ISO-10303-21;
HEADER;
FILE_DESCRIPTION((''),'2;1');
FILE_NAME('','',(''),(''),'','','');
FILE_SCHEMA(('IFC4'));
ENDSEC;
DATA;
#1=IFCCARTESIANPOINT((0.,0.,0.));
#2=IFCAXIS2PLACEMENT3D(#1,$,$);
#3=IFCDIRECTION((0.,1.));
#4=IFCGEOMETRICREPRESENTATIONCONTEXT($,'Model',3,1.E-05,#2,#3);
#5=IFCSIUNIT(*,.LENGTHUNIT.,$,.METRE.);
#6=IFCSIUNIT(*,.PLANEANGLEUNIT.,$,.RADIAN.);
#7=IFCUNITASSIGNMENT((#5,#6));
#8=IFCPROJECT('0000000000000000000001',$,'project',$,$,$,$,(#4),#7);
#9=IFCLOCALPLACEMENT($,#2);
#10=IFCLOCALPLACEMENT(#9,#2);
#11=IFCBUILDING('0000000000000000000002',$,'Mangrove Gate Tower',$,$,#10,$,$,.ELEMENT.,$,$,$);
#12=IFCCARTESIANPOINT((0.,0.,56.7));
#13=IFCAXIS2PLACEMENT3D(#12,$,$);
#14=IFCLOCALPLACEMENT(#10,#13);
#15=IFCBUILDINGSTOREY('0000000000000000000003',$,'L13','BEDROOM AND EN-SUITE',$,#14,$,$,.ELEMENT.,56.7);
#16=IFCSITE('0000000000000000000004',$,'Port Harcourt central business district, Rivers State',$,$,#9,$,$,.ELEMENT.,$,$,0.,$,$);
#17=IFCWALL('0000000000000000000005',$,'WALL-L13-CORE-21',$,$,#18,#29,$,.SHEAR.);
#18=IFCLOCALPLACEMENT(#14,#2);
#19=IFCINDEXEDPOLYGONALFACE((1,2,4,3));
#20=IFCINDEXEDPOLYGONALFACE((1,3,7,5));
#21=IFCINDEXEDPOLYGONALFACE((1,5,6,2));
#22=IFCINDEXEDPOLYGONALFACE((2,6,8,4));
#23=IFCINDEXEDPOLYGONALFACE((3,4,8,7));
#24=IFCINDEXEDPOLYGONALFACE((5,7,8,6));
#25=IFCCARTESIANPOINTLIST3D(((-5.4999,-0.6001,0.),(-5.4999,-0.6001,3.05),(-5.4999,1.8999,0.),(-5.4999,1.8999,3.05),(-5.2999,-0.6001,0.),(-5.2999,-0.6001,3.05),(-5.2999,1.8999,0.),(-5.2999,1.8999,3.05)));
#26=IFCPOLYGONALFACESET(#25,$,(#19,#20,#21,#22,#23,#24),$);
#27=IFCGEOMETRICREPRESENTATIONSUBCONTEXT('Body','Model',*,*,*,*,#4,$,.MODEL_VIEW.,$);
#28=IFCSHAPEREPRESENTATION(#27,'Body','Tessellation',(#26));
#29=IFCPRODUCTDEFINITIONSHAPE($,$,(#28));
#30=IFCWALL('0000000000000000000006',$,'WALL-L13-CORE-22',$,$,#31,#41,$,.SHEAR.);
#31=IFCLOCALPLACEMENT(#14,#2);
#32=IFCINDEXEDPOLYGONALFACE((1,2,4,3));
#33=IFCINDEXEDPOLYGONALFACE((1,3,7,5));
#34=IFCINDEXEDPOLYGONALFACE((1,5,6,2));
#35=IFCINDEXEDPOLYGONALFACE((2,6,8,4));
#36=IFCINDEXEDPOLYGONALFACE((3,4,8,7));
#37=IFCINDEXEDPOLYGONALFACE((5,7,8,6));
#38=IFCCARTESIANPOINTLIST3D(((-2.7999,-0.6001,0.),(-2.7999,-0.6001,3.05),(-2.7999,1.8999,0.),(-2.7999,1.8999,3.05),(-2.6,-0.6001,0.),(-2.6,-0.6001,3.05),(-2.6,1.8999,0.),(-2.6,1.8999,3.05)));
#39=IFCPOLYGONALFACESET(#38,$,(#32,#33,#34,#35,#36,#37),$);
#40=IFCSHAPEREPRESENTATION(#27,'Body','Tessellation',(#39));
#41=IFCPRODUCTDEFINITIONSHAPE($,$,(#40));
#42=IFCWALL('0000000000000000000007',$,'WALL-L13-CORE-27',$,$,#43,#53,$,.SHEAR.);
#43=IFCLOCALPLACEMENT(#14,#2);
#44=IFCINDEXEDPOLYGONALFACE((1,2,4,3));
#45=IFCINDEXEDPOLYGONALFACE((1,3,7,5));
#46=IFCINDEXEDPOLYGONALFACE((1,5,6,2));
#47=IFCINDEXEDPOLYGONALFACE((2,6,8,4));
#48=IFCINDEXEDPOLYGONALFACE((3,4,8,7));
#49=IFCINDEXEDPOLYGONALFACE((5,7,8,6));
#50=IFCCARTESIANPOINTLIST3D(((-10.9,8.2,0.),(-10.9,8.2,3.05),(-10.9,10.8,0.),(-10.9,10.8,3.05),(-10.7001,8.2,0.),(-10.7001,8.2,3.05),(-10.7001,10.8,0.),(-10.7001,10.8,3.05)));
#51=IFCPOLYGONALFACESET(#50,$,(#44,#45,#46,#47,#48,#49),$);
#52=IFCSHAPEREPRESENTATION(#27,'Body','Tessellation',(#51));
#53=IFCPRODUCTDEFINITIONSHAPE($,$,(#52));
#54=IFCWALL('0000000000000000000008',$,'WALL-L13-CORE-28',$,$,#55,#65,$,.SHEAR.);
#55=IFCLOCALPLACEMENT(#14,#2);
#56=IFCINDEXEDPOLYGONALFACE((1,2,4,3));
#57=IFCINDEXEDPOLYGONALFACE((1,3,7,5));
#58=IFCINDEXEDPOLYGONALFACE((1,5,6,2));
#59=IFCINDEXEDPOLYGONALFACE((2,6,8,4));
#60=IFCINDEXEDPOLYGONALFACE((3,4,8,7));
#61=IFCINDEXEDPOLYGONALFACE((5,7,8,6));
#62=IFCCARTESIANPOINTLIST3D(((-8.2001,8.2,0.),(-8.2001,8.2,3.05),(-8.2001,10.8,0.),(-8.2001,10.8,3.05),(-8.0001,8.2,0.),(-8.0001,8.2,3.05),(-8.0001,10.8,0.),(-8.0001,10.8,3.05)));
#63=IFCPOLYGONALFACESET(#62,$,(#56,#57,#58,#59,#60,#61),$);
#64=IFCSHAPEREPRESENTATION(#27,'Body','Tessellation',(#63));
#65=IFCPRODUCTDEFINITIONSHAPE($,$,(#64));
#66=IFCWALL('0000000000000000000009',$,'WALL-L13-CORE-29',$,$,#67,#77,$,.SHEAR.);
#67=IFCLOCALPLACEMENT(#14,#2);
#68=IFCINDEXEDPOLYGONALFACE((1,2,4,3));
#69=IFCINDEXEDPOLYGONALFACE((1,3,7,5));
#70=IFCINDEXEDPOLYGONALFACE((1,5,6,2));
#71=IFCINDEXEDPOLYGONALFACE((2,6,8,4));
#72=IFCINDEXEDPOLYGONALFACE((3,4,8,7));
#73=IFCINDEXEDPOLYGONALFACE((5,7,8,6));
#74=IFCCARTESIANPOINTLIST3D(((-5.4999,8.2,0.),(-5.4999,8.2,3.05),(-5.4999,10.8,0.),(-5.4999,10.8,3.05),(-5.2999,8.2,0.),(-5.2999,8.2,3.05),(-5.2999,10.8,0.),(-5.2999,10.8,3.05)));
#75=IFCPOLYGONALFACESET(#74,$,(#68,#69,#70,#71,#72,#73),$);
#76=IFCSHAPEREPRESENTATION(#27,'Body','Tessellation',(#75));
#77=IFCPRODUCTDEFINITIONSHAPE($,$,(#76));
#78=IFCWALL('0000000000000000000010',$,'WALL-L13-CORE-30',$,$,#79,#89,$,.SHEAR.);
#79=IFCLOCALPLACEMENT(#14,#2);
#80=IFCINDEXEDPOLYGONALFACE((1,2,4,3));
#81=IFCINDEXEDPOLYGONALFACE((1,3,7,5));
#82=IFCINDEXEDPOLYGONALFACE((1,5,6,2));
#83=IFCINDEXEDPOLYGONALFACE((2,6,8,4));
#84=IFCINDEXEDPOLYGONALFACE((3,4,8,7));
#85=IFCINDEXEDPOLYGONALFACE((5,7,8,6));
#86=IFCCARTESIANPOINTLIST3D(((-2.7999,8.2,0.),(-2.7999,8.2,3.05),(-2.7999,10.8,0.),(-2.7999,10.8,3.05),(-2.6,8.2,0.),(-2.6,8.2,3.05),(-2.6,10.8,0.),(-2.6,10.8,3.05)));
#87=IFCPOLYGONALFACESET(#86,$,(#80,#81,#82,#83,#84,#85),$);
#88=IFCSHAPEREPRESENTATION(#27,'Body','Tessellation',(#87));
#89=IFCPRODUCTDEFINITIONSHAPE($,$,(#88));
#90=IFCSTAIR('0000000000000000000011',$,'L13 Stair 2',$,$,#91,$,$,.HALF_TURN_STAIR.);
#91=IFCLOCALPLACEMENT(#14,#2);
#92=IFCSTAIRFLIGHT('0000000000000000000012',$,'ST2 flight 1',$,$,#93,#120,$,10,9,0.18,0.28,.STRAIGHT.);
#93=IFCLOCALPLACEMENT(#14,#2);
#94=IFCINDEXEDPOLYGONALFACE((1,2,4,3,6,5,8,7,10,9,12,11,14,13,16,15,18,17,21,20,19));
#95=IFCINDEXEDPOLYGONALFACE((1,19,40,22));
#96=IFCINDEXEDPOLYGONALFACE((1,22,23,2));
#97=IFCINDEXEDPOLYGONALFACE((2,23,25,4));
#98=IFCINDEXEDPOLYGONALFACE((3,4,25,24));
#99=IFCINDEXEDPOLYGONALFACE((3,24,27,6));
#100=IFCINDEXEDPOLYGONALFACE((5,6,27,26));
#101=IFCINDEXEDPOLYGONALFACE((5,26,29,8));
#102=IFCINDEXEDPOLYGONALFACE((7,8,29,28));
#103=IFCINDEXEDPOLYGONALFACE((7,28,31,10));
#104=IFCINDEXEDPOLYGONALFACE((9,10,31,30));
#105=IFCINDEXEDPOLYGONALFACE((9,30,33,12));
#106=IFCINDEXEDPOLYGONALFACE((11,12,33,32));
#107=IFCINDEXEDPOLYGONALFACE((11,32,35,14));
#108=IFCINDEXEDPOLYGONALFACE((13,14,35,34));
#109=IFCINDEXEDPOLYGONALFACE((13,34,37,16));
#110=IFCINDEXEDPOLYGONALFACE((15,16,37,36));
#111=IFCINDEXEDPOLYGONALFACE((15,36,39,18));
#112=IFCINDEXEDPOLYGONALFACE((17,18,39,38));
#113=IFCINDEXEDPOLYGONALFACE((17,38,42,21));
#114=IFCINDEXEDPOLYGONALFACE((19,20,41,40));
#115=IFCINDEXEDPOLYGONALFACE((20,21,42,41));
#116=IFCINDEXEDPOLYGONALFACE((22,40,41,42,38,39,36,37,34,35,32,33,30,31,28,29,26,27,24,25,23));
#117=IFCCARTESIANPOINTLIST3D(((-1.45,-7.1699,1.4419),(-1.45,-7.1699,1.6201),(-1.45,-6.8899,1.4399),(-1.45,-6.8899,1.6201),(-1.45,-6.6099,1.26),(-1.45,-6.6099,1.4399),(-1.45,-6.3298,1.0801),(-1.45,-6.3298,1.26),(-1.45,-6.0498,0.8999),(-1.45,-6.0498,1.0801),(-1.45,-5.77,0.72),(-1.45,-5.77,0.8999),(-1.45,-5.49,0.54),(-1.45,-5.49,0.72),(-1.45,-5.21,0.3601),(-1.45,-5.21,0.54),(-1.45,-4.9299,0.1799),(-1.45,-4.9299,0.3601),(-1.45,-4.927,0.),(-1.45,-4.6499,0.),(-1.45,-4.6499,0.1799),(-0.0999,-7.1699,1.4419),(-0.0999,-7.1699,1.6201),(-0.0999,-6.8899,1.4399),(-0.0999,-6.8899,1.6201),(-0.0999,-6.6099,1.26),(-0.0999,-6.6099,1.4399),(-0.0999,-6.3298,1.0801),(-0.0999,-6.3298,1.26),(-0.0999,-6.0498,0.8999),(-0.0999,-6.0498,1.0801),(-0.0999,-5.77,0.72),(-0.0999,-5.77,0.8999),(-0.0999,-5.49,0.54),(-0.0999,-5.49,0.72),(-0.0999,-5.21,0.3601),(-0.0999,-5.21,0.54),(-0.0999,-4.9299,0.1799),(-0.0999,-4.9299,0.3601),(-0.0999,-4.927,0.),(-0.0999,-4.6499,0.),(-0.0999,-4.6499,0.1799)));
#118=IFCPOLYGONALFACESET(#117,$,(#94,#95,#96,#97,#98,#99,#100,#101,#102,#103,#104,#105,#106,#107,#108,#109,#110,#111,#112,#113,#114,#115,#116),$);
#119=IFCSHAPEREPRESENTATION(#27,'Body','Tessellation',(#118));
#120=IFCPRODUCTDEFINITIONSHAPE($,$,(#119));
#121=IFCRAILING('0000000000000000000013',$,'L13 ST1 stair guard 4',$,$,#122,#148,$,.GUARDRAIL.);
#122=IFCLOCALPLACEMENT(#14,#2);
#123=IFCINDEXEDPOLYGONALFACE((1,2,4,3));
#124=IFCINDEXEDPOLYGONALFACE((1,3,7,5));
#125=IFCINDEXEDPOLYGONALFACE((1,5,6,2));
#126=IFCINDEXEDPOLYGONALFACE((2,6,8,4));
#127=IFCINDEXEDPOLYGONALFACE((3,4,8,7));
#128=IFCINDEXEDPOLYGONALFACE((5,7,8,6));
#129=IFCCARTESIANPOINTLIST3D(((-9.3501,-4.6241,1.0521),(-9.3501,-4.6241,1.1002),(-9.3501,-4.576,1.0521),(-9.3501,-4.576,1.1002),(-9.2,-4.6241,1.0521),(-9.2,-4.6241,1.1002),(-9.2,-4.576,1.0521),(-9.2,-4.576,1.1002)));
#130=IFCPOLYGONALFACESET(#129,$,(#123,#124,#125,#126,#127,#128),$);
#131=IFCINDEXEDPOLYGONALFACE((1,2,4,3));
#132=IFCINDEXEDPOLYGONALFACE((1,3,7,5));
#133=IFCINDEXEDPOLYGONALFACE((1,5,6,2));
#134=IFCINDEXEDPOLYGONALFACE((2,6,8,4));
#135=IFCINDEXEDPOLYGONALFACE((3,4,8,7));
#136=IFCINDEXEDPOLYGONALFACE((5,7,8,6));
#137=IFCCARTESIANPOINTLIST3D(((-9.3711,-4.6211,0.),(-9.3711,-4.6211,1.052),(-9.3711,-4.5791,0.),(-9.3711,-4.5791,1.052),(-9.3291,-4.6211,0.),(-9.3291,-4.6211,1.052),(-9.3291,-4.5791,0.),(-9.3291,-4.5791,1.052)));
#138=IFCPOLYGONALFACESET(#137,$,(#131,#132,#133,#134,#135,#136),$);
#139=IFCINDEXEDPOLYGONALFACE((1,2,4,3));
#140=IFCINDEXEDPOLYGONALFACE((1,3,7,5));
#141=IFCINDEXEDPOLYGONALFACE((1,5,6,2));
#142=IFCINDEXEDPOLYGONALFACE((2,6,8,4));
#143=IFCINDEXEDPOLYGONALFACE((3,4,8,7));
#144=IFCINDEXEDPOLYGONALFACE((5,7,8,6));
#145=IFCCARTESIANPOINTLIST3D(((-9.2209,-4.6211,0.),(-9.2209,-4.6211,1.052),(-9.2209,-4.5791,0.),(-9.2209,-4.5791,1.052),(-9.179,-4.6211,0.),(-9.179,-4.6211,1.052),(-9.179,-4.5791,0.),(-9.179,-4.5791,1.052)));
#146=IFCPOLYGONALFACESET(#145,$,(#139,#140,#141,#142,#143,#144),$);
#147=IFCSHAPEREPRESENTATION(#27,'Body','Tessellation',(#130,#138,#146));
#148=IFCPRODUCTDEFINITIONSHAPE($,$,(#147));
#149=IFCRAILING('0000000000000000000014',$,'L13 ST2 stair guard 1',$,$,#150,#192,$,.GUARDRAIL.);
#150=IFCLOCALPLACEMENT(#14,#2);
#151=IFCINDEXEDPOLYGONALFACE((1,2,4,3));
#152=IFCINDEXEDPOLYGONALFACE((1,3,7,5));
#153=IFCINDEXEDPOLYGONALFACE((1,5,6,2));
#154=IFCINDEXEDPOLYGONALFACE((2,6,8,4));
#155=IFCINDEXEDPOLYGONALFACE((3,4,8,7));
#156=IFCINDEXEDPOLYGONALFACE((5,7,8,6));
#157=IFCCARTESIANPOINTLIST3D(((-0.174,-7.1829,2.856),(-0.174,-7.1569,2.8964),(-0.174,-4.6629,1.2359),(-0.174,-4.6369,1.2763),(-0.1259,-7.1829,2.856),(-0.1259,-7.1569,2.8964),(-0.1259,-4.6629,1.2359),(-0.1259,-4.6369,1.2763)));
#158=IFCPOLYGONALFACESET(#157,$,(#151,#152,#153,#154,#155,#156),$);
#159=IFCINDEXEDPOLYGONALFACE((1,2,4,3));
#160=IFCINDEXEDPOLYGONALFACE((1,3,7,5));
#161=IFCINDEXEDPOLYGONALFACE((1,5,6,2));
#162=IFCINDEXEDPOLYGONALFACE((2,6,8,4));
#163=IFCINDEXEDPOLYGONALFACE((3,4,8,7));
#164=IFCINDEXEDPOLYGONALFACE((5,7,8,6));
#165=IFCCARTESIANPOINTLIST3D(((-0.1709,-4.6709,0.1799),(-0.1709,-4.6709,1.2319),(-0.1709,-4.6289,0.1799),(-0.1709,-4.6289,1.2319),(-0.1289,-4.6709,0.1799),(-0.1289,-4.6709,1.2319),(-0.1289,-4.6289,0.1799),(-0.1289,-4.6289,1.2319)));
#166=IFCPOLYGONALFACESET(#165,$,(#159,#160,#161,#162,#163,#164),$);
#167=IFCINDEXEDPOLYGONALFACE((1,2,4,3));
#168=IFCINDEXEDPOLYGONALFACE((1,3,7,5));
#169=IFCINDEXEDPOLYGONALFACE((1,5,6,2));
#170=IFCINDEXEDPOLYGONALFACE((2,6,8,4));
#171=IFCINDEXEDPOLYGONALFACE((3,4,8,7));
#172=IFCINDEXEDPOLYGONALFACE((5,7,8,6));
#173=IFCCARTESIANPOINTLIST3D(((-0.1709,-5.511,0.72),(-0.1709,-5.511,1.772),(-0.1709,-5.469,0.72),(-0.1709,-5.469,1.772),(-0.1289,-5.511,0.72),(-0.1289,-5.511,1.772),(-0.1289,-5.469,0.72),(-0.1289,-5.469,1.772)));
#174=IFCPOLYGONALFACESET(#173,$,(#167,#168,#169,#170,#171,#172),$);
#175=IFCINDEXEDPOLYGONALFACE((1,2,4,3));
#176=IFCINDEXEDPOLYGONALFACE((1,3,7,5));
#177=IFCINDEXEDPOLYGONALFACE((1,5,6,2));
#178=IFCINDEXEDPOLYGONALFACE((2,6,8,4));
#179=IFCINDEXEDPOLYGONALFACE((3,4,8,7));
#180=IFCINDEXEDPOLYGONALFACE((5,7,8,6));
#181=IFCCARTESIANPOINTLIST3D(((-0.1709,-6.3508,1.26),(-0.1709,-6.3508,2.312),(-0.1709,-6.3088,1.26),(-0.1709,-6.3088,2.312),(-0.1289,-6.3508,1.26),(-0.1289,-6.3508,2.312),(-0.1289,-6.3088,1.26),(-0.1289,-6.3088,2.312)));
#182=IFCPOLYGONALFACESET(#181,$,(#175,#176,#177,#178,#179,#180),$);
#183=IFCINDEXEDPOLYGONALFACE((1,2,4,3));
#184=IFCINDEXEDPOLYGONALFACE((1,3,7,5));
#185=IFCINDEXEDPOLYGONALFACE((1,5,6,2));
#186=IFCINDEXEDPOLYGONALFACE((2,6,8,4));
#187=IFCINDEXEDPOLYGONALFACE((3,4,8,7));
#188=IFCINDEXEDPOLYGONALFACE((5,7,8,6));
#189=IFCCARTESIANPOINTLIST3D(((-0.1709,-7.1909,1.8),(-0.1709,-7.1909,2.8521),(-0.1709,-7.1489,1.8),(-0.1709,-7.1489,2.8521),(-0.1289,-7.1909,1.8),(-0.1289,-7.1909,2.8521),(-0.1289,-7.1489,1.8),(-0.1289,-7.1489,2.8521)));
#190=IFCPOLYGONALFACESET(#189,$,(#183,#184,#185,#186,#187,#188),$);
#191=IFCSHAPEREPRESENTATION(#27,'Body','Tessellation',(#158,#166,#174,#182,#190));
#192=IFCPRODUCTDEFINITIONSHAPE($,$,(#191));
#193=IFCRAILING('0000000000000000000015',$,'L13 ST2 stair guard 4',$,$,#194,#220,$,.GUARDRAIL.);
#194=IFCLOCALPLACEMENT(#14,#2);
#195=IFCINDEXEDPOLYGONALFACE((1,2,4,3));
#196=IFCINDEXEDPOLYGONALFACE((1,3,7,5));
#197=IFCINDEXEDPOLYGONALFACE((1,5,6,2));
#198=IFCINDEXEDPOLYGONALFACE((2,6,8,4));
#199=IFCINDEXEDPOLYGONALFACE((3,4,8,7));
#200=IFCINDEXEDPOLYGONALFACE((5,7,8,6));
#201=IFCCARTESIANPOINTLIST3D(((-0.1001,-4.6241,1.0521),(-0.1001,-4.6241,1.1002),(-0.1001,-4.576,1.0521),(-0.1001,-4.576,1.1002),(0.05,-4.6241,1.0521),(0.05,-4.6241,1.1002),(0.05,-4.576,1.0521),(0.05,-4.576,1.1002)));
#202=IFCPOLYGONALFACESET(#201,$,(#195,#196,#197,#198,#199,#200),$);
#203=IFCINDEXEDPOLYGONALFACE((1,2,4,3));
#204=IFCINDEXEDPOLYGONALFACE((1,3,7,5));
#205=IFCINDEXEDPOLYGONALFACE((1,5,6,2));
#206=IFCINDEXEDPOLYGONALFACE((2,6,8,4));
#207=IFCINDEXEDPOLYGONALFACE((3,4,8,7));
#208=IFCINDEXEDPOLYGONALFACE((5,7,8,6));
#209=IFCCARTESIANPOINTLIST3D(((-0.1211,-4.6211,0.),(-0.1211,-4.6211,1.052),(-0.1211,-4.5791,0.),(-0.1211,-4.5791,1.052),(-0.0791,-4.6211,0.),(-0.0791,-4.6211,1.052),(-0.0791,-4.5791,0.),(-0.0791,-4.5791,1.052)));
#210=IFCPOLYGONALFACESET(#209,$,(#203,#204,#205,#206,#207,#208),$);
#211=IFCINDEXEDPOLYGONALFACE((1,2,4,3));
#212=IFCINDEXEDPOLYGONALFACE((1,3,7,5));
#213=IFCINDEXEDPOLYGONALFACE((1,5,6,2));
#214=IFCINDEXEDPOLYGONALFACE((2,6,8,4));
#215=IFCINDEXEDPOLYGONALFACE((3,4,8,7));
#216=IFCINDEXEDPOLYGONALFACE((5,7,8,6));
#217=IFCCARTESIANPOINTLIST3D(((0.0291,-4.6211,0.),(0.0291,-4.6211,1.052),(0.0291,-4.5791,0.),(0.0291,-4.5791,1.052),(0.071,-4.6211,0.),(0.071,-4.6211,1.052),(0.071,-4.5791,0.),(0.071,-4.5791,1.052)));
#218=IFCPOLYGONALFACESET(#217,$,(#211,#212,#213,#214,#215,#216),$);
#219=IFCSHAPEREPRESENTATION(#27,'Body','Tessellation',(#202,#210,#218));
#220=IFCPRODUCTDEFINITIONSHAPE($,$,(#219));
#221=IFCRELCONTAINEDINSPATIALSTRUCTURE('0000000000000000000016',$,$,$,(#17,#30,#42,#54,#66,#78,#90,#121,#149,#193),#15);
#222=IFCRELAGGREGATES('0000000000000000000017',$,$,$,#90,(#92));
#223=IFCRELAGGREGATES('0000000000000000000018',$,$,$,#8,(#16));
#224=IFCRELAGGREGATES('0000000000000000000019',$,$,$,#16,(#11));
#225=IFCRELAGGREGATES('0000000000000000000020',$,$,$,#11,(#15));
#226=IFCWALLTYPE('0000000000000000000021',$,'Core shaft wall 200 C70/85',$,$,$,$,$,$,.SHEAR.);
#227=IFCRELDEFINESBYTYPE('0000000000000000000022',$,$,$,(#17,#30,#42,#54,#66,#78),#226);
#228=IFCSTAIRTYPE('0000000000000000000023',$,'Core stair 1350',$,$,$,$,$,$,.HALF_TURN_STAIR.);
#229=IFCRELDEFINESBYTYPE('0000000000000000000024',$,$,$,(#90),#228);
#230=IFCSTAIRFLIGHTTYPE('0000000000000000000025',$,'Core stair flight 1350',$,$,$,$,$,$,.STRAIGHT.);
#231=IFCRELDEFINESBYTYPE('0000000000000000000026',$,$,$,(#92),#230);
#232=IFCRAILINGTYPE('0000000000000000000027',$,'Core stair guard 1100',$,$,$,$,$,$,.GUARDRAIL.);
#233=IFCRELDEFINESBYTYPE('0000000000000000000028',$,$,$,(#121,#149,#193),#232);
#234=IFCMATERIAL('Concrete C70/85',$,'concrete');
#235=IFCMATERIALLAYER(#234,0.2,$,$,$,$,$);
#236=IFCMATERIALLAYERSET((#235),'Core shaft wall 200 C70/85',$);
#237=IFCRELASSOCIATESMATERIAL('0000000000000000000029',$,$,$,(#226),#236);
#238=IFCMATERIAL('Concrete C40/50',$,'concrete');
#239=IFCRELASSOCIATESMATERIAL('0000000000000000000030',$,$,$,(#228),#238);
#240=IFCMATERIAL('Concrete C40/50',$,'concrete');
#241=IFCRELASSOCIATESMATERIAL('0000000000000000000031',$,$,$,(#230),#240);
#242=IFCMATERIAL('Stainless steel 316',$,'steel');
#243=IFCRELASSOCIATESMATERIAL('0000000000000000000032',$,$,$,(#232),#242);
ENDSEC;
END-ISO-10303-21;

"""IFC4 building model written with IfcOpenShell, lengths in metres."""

from ifc_helpers import new_model, si_unit, direction, frame, frame_2d, origin, origin_2d, place, context, subcontext, project, spatial, polyline, rectangle, outline, extrude, material, layer, layer_set, type_object, element, aggregate, save


model = new_model("IFC4")

# Units and contexts
model_context = context("Model", 3, precision=1e-05, world=origin(), true_north=direction((0.0, 1.0)))
body_context = subcontext(model_context, "Body", "Model", "MODEL_VIEW")
ifc_project = project(units=[si_unit("LENGTHUNIT", "METRE"), si_unit("PLANEANGLEUNIT", "RADIAN")], contexts=[model_context])

# Site, building, storey
site_placement = place(None, origin())
site = spatial("IfcSite", under=ifc_project, at=site_placement, Name="Port Harcourt central business district, Rivers State", CompositionType="ELEMENT", RefElevation=0.0)
building_placement = place(site_placement, origin())
building = spatial("IfcBuilding", under=site, at=building_placement, Name="Mangrove Gate Tower", CompositionType="ELEMENT")
storey_placement = place(building_placement, frame((0.0, 0.0, 56.7)))
storey = spatial("IfcBuildingStorey", under=building, at=storey_placement, Name="L13", Description="BEDROOM AND EN-SUITE", CompositionType="ELEMENT", Elevation=56.7)

# Shared definitions
ifc_material_1 = material(Name="Concrete C70/85", Category="concrete")
ifc_layer_1 = layer(ifc_material_1, 0.2)
ifc_layer_set_1 = layer_set([ifc_layer_1], Name="Core shaft wall 200 C70/85")
wall_type_1 = type_object("IfcWallType", Name="Core shaft wall 200 C70/85", PredefinedType="SHEAR", material=ifc_layer_set_1)

# Walls
for number, where, z_axis, x_axis, name in (
    (1, (-5.3999, -0.6001, 0.0), (0.0, 0.0, 1.0), (0.0, 1.0, 0.0), "WALL-L13-CORE-21"),
    (2, (-2.7, -0.6001, 0.0), (0.0, 0.0, 1.0), (0.0, 1.0, 0.0), "WALL-L13-CORE-22"),
):
    element("IfcWall", number, at=place(storey_placement, frame(where, z_axis=z_axis, x_axis=x_axis)), inside=storey, type_object=wall_type_1, Name=name, PredefinedType="SHEAR", context=body_context, shape_type="SweptSolid", body=[
        extrude(rectangle(XDim=2.5, YDim=0.2, at=frame_2d((1.25, 0.0))), origin(), (0.0, 0.0, 1.0), 3.05),
    ])
for number, where, z_axis, x_axis, name in (
    (3, (-10.8, 8.2, 0.0), (0.0, 0.0, 1.0), (0.0, 1.0, 0.0), "WALL-L13-CORE-27"),
    (4, (-8.1001, 8.2, 0.0), (0.0, 0.0, 1.0), (0.0, 1.0, 0.0), "WALL-L13-CORE-28"),
    (5, (-5.3999, 8.2, 0.0), (0.0, 0.0, 1.0), (0.0, 1.0, 0.0), "WALL-L13-CORE-29"),
    (6, (-2.7, 8.2, 0.0), (0.0, 0.0, 1.0), (0.0, 1.0, 0.0), "WALL-L13-CORE-30"),
):
    element("IfcWall", number, at=place(storey_placement, frame(where, z_axis=z_axis, x_axis=x_axis)), inside=storey, type_object=wall_type_1, Name=name, PredefinedType="SHEAR", context=body_context, shape_type="SweptSolid", body=[
        extrude(rectangle(XDim=2.6001, YDim=0.2, at=frame_2d((1.3, 0.0))), origin(), (0.0, 0.0, 1.0), 3.05),
    ])

# Stair, stair flight
ifc_material_2 = material(Name="Concrete C40/50", Category="concrete")
stair_type = type_object("IfcStairType", Name="Core stair 1350", PredefinedType="HALF_TURN_STAIR", material=ifc_material_2)
stair_placement = place(storey_placement, origin())
stair = element("IfcStair", 7, at=stair_placement, inside=storey, type_object=stair_type, Name="L13 Stair 2", PredefinedType="HALF_TURN_STAIR")
ifc_material_3 = material(Name="Concrete C40/50", Category="concrete")
stair_flight_type = type_object("IfcStairFlightType", Name="Core stair flight 1350", PredefinedType="STRAIGHT", material=ifc_material_3)
stair_flight_placement = place(storey_placement, frame((-0.7749, -4.6499, 0.0), z_axis=(0.0, 0.0, 1.0), x_axis=(0.0, -1.0, 0.0)))
stair_flight = element("IfcStairFlight", 8, at=stair_flight_placement, type_object=stair_flight_type, Name="ST2 flight 1", NumberOfRisers=10, NumberOfTreads=9, PredefinedType="STRAIGHT", RiserHeight=0.18, TreadLength=0.28, context=body_context, shape_type="SweptSolid", body=[
    extrude(outline(polyline([(0.0, 0.0), (0.0, 0.1799), (0.28, 0.1799), (0.28, 0.3601), (0.5601, 0.3601), (0.5601, 0.54), (0.8401, 0.54), (0.8401, 0.72), (1.1201, 0.72), (1.1201, 0.8999), (1.3999, 0.8999), (1.3999, 1.0801), (1.6799, 1.0801), (1.6799, 1.26), (1.96, 1.26), (1.96, 1.4399), (2.24, 1.4399), (2.24, 1.6201), (2.52, 1.6201), (2.52, 1.8), (2.52, 1.4419), (0.2771, 0.0), (0.0, 0.0)])), frame((0.0, 0.675, 0.0), z_axis=(0.0, -1.0, 0.0), x_axis=(1.0, 0.0, 0.0)), (0.0, 0.0, 1.0), 1.3501),
])
aggregate(stair, [stair_flight])

# Railings
ifc_material_4 = material(Name="Stainless steel 316", Category="steel")
railing_type = type_object("IfcRailingType", Name="Core stair guard 1100", PredefinedType="GUARDRAIL", material=ifc_material_4)
railing_1_placement = place(storey_placement, frame((-9.3501, -4.6001, 0.0)))
element("IfcRailing", 9, at=railing_1_placement, inside=storey, type_object=railing_type, Name="L13 ST1 stair guard 4", PredefinedType="GUARDRAIL", context=body_context, shape_type="SweptSolid", body=[
    extrude(rectangle(XDim=0.0481, YDim=0.0481, at=origin_2d()), frame((0.0, 0.0, 1.0762), z_axis=(1.0, 0.0, 0.0), x_axis=(0.0, 1.0, 0.0)), (0.0, 0.0, 1.0), 0.1501),
    extrude(rectangle(XDim=0.042, YDim=0.042, at=origin_2d()), origin(), (0.0, 0.0, 1.0), 1.052),
    extrude(rectangle(XDim=0.042, YDim=0.042, at=origin_2d()), frame((0.1501, 0.0, 0.0)), (0.0, 0.0, 1.0), 1.052),
])
railing_2_placement = place(storey_placement, frame((-0.1499, -4.6499, 0.1799)))
element("IfcRailing", 10, at=railing_2_placement, inside=storey, type_object=railing_type, Name="L13 ST2 stair guard 1", PredefinedType="GUARDRAIL", context=body_context, shape_type="SweptSolid", body=[
    extrude(rectangle(XDim=0.0481, YDim=0.0481, at=origin_2d()), frame((0.0, 0.0, 1.0762), z_axis=(0.0, -0.841163, 0.540782), x_axis=(1.0, 0.0, 0.0)), (0.0, 0.0, 1.0), 2.9958),
    extrude(rectangle(XDim=0.042, YDim=0.042, at=origin_2d()), origin(), (0.0, 0.0, 1.0), 1.052),
    extrude(rectangle(XDim=0.042, YDim=0.042, at=origin_2d()), frame((0.0, -0.8401, 0.54)), (0.0, 0.0, 1.0), 1.052),
    extrude(rectangle(XDim=0.042, YDim=0.042, at=origin_2d()), frame((0.0, -1.6799, 1.0801)), (0.0, 0.0, 1.0), 1.052),
    extrude(rectangle(XDim=0.042, YDim=0.042, at=origin_2d()), frame((0.0, -2.52, 1.6201)), (0.0, 0.0, 1.0), 1.052),
])
railing_3_placement = place(storey_placement, frame((-0.1001, -4.6001, 0.0)))
element("IfcRailing", 11, at=railing_3_placement, inside=storey, type_object=railing_type, Name="L13 ST2 stair guard 4", PredefinedType="GUARDRAIL", context=body_context, shape_type="SweptSolid", body=[
    extrude(rectangle(XDim=0.0481, YDim=0.0481, at=origin_2d()), frame((0.0, 0.0, 1.0762), z_axis=(1.0, 0.0, 0.0), x_axis=(0.0, 1.0, 0.0)), (0.0, 0.0, 1.0), 0.1501),
    extrude(rectangle(XDim=0.042, YDim=0.042, at=origin_2d()), origin(), (0.0, 0.0, 1.0), 1.052),
    extrude(rectangle(XDim=0.042, YDim=0.042, at=origin_2d()), frame((0.1501, 0.0, 0.0)), (0.0, 0.0, 1.0), 1.052),
])

save(model, "model.ifc")
